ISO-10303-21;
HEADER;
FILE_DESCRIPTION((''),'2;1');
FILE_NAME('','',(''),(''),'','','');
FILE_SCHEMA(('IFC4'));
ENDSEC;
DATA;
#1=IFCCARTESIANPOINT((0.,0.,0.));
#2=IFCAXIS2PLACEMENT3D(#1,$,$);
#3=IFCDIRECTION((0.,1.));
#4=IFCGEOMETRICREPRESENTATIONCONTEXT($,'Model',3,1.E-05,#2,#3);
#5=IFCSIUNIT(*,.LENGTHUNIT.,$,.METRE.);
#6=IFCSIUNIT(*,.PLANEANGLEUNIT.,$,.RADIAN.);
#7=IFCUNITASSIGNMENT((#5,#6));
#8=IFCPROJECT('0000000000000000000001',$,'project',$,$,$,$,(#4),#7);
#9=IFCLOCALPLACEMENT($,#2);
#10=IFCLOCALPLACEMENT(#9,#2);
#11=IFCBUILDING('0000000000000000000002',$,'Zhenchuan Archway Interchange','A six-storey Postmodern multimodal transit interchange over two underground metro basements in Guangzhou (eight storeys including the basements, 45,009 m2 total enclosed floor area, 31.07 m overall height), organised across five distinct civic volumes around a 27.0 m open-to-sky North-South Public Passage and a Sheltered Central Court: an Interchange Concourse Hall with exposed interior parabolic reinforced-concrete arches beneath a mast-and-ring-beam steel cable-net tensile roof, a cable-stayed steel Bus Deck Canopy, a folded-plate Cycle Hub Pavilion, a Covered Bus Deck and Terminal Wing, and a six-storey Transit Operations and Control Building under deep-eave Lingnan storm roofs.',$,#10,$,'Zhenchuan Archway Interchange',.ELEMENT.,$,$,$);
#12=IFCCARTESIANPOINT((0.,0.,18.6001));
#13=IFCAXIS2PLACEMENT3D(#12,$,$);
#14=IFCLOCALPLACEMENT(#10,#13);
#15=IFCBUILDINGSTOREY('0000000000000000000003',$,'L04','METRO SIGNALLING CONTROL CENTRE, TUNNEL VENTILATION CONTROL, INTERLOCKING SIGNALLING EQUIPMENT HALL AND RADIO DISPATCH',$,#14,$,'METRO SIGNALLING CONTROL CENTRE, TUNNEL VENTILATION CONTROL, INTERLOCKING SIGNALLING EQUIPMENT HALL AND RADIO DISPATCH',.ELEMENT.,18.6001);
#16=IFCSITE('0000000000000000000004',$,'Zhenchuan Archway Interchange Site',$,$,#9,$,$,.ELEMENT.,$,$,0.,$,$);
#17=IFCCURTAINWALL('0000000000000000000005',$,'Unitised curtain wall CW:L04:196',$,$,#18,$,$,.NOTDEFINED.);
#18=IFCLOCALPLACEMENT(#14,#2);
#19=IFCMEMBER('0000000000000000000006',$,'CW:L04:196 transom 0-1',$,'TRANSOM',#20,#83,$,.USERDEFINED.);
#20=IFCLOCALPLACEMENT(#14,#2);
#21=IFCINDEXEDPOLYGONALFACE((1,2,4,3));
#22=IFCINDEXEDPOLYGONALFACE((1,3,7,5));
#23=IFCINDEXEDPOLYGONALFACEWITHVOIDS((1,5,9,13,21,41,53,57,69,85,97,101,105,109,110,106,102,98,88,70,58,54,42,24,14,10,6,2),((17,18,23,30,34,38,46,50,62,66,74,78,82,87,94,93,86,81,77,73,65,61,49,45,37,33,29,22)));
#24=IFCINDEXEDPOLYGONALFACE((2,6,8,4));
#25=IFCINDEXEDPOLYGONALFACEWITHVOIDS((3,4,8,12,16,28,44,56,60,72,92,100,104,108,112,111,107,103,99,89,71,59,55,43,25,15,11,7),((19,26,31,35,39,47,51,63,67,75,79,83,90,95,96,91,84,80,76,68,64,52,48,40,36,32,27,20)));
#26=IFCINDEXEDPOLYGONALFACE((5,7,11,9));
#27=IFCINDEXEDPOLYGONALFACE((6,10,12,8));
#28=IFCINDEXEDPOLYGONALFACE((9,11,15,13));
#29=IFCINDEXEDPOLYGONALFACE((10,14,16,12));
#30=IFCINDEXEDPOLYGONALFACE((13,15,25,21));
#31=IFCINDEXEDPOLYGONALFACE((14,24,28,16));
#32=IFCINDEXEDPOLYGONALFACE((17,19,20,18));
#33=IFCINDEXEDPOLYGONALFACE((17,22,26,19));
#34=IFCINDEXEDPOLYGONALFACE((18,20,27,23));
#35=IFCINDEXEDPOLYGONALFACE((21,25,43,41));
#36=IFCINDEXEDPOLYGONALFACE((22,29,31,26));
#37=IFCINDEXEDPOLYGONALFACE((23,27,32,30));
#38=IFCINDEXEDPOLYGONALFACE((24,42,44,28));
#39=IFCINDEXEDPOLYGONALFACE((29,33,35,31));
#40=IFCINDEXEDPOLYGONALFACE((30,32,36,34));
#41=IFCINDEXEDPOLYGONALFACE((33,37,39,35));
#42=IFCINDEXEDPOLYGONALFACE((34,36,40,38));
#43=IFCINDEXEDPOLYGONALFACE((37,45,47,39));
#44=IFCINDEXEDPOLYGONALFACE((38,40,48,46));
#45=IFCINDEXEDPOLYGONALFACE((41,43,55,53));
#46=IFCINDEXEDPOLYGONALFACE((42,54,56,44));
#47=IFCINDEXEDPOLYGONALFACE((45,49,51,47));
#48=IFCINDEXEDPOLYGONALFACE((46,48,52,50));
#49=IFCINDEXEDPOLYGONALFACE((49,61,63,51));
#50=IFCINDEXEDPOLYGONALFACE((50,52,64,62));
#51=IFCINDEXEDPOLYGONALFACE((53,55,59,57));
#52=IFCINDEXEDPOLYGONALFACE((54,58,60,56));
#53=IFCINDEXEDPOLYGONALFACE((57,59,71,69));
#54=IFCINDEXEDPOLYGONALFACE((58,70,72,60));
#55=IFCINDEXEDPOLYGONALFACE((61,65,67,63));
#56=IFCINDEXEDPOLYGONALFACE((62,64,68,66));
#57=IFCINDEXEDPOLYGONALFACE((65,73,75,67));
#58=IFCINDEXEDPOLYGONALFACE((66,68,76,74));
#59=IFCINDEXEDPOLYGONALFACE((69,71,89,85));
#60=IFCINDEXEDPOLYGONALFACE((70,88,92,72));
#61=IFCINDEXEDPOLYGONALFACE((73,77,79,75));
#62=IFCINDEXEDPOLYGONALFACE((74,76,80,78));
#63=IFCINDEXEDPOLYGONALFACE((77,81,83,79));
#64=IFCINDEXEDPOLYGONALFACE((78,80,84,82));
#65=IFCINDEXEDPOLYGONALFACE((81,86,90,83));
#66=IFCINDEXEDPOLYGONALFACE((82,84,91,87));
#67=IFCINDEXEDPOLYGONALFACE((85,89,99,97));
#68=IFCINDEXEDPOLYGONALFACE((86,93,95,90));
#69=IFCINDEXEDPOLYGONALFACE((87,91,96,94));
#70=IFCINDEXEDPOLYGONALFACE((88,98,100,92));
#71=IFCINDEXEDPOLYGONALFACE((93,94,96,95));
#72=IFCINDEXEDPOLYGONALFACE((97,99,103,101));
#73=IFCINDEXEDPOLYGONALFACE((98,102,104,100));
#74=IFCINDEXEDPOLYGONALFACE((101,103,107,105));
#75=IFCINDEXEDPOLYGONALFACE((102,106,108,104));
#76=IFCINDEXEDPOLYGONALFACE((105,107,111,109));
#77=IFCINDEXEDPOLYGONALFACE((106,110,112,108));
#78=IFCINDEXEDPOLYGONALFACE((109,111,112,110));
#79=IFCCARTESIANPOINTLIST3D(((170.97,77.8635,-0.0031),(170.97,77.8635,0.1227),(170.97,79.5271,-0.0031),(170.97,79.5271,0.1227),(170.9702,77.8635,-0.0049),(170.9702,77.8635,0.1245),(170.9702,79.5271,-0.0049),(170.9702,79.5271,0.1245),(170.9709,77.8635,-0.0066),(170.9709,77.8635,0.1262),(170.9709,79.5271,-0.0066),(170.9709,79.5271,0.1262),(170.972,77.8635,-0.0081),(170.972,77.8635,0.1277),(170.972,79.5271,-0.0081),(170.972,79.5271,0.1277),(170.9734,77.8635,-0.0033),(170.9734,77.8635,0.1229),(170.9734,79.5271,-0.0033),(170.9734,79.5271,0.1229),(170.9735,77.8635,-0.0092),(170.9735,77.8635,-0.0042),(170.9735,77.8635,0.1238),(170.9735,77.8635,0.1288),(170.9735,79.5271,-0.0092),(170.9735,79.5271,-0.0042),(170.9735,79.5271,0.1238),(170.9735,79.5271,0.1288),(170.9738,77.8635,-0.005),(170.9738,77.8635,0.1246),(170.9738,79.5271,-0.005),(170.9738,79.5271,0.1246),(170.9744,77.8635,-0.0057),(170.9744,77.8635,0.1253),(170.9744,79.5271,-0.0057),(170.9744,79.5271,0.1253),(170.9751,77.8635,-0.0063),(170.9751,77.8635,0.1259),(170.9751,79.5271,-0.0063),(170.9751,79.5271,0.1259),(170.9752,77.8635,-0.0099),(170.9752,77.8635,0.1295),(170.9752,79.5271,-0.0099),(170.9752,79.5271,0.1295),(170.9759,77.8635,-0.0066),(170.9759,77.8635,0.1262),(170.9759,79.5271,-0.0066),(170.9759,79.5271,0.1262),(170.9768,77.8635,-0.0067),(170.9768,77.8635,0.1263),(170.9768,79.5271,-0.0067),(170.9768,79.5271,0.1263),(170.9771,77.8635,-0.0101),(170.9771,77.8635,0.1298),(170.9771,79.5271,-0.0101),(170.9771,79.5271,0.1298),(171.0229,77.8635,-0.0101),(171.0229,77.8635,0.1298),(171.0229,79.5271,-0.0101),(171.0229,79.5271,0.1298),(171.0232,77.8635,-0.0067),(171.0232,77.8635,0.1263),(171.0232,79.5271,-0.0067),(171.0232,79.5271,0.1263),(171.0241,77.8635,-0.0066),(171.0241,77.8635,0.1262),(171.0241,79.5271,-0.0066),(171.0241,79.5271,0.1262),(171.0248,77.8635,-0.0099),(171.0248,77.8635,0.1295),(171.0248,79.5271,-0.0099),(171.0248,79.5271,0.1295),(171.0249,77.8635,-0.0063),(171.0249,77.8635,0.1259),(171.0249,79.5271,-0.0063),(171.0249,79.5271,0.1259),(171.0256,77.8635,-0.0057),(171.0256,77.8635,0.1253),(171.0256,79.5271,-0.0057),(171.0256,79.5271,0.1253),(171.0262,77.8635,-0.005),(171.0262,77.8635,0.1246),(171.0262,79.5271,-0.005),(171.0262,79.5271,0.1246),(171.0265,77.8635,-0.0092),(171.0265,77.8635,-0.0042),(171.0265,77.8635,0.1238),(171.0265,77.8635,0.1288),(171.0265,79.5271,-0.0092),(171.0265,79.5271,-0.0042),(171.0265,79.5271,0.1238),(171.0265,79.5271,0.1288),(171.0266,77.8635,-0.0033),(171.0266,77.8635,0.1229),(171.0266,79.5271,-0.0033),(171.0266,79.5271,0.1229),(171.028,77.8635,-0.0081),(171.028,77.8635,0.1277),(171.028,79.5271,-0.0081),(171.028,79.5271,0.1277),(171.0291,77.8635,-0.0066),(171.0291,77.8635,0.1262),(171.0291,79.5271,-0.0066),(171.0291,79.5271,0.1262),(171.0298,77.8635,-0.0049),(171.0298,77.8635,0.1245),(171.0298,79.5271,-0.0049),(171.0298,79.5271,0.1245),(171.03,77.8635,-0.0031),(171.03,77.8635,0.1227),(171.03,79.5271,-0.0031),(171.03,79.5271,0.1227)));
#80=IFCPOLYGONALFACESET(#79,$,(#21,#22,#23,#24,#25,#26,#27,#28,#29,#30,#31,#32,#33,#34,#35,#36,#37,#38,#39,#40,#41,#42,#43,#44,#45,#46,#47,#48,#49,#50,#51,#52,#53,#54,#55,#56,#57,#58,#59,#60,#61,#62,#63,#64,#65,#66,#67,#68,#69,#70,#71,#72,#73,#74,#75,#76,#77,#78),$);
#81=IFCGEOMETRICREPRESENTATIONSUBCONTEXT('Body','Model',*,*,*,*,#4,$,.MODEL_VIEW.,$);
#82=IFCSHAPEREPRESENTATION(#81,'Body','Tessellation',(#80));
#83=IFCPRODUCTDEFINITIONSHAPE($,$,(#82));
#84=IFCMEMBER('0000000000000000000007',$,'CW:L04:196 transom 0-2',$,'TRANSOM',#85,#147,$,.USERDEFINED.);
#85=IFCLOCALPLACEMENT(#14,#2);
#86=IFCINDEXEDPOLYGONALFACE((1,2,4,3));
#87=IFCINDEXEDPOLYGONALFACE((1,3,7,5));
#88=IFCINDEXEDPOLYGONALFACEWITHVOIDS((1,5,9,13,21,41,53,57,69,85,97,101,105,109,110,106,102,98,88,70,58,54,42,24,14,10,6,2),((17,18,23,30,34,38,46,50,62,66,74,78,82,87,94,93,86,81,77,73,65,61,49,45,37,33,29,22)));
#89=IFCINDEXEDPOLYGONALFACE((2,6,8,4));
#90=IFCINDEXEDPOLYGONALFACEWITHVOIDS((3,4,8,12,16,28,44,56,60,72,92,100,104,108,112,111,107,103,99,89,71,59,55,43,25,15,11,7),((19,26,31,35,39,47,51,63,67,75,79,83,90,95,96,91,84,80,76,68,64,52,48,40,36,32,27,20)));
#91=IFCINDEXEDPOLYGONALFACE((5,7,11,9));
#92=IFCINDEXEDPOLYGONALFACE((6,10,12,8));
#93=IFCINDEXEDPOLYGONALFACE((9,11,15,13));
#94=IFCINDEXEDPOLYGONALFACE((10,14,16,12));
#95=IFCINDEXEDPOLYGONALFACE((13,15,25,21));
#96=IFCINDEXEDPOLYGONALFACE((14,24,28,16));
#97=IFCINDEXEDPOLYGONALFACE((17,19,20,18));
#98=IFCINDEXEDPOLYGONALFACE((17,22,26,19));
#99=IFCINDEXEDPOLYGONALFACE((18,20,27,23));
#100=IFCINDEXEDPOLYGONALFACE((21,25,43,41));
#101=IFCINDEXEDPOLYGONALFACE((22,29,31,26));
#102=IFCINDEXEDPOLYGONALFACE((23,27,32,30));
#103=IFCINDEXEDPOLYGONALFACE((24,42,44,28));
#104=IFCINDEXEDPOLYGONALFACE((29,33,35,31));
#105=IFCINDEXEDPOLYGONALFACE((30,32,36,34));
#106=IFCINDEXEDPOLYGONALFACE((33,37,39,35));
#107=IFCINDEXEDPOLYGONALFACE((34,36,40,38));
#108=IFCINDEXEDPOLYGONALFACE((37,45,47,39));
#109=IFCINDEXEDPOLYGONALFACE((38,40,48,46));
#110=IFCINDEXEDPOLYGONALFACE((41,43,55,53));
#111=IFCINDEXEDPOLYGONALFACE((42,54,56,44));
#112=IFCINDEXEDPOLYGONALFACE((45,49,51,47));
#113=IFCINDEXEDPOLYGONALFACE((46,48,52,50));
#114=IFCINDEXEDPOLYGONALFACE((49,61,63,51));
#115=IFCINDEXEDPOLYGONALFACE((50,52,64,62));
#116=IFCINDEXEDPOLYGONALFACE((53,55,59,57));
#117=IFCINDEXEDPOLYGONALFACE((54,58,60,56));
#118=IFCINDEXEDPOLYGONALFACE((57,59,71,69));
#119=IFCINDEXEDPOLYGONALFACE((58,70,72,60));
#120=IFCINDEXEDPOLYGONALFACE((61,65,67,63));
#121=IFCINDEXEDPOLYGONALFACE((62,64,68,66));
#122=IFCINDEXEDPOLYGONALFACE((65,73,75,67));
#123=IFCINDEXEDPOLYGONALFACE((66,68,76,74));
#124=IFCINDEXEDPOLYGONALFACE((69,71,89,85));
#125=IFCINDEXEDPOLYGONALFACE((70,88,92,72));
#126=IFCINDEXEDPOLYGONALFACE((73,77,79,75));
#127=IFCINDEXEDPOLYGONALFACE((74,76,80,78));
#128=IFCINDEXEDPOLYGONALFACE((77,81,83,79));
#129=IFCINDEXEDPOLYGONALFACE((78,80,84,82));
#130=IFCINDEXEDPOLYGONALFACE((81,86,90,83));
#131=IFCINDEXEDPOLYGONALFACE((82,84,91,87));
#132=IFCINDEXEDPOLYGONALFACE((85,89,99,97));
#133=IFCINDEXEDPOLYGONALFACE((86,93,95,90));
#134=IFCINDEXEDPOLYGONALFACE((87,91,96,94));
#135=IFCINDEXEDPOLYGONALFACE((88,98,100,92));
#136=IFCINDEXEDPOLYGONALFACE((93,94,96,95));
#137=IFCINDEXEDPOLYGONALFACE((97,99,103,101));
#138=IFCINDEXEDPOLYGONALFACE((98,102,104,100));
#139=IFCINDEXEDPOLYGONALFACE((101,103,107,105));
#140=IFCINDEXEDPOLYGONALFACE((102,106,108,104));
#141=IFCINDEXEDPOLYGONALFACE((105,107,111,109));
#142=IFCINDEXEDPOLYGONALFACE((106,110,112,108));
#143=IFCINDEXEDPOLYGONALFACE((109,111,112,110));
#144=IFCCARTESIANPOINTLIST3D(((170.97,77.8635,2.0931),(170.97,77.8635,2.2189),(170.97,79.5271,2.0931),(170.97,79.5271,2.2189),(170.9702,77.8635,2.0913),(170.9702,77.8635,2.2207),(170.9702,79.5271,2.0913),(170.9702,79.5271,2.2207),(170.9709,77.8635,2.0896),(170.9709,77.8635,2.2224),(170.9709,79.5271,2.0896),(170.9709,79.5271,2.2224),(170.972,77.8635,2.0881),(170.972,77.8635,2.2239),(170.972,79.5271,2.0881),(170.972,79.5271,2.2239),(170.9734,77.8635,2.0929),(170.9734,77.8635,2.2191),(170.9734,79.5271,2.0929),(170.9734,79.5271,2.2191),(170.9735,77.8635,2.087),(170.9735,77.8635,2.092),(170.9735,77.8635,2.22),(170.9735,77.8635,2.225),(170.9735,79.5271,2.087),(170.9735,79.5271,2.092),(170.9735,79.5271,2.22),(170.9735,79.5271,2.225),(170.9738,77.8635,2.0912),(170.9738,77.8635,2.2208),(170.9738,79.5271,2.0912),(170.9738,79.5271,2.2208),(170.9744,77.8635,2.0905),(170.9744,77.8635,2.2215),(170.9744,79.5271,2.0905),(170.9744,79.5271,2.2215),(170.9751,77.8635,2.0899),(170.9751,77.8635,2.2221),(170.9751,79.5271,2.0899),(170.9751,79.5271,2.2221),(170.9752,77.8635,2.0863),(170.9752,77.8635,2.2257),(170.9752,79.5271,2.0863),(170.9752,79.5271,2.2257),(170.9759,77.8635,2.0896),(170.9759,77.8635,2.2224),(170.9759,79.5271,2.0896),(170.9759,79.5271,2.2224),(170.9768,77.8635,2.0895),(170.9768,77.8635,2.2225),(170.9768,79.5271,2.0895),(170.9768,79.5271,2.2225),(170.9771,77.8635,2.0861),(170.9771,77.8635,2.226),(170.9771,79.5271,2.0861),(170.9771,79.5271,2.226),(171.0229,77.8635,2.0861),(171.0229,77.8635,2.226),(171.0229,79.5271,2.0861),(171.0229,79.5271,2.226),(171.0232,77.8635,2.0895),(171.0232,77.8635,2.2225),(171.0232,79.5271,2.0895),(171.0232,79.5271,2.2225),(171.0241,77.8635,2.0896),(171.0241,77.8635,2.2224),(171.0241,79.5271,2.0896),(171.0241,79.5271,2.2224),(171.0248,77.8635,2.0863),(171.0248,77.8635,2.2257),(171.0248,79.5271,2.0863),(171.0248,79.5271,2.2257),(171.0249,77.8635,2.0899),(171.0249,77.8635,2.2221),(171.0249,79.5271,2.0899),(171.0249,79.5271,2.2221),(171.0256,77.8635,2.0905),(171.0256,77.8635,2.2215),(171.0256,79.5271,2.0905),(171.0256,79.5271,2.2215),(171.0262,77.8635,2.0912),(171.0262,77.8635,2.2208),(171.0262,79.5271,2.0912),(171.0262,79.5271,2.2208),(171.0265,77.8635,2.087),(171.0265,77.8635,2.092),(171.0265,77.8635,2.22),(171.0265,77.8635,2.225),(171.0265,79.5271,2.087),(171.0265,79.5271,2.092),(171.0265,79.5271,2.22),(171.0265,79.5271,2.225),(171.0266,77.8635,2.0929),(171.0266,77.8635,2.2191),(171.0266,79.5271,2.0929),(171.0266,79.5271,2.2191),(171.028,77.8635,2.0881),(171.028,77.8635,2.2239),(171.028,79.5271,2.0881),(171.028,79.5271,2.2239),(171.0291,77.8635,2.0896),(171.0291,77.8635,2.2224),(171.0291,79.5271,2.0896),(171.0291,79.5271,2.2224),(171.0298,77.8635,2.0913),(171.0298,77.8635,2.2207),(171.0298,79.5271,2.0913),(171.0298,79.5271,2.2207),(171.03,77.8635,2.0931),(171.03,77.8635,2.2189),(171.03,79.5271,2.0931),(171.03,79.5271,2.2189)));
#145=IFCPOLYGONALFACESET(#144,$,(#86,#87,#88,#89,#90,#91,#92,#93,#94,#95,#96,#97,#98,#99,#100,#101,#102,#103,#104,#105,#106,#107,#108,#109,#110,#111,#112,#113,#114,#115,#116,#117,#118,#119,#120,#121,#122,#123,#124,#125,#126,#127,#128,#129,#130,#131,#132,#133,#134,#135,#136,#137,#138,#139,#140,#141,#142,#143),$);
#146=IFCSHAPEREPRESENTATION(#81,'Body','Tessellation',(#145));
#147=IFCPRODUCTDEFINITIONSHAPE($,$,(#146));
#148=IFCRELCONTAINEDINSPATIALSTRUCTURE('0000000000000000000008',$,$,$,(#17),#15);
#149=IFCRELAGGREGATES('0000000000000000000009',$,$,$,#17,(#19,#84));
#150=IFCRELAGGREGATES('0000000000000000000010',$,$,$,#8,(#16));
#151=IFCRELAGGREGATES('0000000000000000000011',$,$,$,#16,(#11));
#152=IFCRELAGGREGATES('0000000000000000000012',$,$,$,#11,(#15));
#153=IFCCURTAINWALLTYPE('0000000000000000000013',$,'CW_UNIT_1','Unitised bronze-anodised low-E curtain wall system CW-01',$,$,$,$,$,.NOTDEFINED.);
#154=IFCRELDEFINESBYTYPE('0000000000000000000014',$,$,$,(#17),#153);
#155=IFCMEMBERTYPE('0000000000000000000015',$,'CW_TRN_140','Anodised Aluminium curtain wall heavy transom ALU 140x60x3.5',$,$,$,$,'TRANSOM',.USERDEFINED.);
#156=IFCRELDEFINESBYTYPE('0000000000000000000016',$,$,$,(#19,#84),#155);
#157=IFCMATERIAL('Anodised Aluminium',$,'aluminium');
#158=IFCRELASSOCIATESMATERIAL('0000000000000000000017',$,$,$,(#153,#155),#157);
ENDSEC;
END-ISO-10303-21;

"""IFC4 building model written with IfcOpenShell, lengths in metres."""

from ifc_helpers import new_model, si_unit, direction, frame, origin, origin_2d, place, context, subcontext, project, spatial, hollow_rectangle, extrude, material, material_profile, profile_set, type_object, element, aggregate, save


model = new_model("IFC4")

# Units and contexts
model_context = context("Model", 3, precision=1e-05, world=origin(), true_north=direction((0.0, 1.0)))
body_context = subcontext(model_context, "Body", "Model", "MODEL_VIEW")
ifc_project = project(units=[si_unit("LENGTHUNIT", "METRE"), si_unit("PLANEANGLEUNIT", "RADIAN")], contexts=[model_context])

# Site, building, storey
site_placement = place(None, origin())
site = spatial("IfcSite", under=ifc_project, at=site_placement, Name="Zhenchuan Archway Interchange Site", CompositionType="ELEMENT", RefElevation=0.0)
building_placement = place(site_placement, origin())
building = spatial("IfcBuilding", under=site, at=building_placement, Name="Zhenchuan Archway Interchange", Description="A six-storey Postmodern multimodal transit interchange over two underground metro basements in Guangzhou (eight storeys including the basements, 45,009 m2 total enclosed floor area, 31.07 m overall height), organised across five distinct civic volumes around a 27.0 m open-to-sky North-South Public Passage and a Sheltered Central Court: an Interchange Concourse Hall with exposed interior parabolic reinforced-concrete arches beneath a mast-and-ring-beam steel cable-net tensile roof, a cable-stayed steel Bus Deck Canopy, a folded-plate Cycle Hub Pavilion, a Covered Bus Deck and Terminal Wing, and a six-storey Transit Operations and Control Building under deep-eave Lingnan storm roofs.", LongName="Zhenchuan Archway Interchange", CompositionType="ELEMENT")
storey_placement = place(building_placement, frame((0.0, 0.0, 18.6001)))
storey = spatial("IfcBuildingStorey", under=building, at=storey_placement, Name="L04", Description="METRO SIGNALLING CONTROL CENTRE, TUNNEL VENTILATION CONTROL, INTERLOCKING SIGNALLING EQUIPMENT HALL AND RADIO DISPATCH", LongName="METRO SIGNALLING CONTROL CENTRE, TUNNEL VENTILATION CONTROL, INTERLOCKING SIGNALLING EQUIPMENT HALL AND RADIO DISPATCH", CompositionType="ELEMENT", Elevation=18.6001)

# Curtain wall, members
ifc_material_1 = material(Name="Anodised Aluminium", Category="aluminium")
curtain_wall_type = type_object("IfcCurtainWallType", Name="CW_UNIT_1", Description="Unitised bronze-anodised low-E curtain wall system CW-01", PredefinedType="NOTDEFINED", material=ifc_material_1)
curtain_wall_placement = place(storey_placement, origin())
curtain_wall = element("IfcCurtainWall", 1, at=curtain_wall_placement, inside=storey, type_object=curtain_wall_type, Name="Unitised curtain wall CW:L04:196", PredefinedType="NOTDEFINED")
ifc_material_profile_1 = material_profile(ifc_material_1, hollow_rectangle(XDim=0.0601, YDim=0.1399, WallThickness=0.0034, InnerFilletRadius=0.0034, OuterFilletRadius=0.0071, at=origin_2d()), Name="ALU 140x60x3.5")
ifc_profile_set_1 = profile_set([ifc_material_profile_1], Name="Anodised Aluminium")
member_type_1 = type_object("IfcMemberType", Name="CW_TRN_140", Description="Anodised Aluminium curtain wall heavy transom ALU 140x60x3.5", ElementType="TRANSOM", PredefinedType="USERDEFINED", material=ifc_profile_set_1)
member_1_placement = place(storey_placement, frame((171.0, 79.5271, 0.0598), z_axis=(0.0, -1.0, 0.0), x_axis=(1.0, 0.0, 0.0)))
member_1 = element("IfcMember", 2, at=member_1_placement, type_object=member_type_1, Name="CW:L04:196 transom 0-1", ObjectType="TRANSOM", PredefinedType="USERDEFINED", context=body_context, shape_type="SweptSolid", body=[
    extrude(hollow_rectangle(XDim=0.0601, YDim=0.1399, WallThickness=0.0034, InnerFilletRadius=0.0034, OuterFilletRadius=0.0071, at=origin_2d()), origin(), (0.0, 0.0, 1.0), 1.6636),
])
member_2_placement = place(storey_placement, frame((171.0, 79.5271, 2.156), z_axis=(0.0, -1.0, 0.0), x_axis=(1.0, 0.0, 0.0)))
member_2 = element("IfcMember", 3, at=member_2_placement, type_object=member_type_1, Name="CW:L04:196 transom 0-2", ObjectType="TRANSOM", PredefinedType="USERDEFINED", context=body_context, shape_type="SweptSolid", body=[
    extrude(hollow_rectangle(XDim=0.0601, YDim=0.1399, WallThickness=0.0034, InnerFilletRadius=0.0034, OuterFilletRadius=0.0071, at=origin_2d()), origin(), (0.0, 0.0, 1.0), 1.6636),
])
aggregate(curtain_wall, [member_1, member_2])

save(model, "model.ifc")
